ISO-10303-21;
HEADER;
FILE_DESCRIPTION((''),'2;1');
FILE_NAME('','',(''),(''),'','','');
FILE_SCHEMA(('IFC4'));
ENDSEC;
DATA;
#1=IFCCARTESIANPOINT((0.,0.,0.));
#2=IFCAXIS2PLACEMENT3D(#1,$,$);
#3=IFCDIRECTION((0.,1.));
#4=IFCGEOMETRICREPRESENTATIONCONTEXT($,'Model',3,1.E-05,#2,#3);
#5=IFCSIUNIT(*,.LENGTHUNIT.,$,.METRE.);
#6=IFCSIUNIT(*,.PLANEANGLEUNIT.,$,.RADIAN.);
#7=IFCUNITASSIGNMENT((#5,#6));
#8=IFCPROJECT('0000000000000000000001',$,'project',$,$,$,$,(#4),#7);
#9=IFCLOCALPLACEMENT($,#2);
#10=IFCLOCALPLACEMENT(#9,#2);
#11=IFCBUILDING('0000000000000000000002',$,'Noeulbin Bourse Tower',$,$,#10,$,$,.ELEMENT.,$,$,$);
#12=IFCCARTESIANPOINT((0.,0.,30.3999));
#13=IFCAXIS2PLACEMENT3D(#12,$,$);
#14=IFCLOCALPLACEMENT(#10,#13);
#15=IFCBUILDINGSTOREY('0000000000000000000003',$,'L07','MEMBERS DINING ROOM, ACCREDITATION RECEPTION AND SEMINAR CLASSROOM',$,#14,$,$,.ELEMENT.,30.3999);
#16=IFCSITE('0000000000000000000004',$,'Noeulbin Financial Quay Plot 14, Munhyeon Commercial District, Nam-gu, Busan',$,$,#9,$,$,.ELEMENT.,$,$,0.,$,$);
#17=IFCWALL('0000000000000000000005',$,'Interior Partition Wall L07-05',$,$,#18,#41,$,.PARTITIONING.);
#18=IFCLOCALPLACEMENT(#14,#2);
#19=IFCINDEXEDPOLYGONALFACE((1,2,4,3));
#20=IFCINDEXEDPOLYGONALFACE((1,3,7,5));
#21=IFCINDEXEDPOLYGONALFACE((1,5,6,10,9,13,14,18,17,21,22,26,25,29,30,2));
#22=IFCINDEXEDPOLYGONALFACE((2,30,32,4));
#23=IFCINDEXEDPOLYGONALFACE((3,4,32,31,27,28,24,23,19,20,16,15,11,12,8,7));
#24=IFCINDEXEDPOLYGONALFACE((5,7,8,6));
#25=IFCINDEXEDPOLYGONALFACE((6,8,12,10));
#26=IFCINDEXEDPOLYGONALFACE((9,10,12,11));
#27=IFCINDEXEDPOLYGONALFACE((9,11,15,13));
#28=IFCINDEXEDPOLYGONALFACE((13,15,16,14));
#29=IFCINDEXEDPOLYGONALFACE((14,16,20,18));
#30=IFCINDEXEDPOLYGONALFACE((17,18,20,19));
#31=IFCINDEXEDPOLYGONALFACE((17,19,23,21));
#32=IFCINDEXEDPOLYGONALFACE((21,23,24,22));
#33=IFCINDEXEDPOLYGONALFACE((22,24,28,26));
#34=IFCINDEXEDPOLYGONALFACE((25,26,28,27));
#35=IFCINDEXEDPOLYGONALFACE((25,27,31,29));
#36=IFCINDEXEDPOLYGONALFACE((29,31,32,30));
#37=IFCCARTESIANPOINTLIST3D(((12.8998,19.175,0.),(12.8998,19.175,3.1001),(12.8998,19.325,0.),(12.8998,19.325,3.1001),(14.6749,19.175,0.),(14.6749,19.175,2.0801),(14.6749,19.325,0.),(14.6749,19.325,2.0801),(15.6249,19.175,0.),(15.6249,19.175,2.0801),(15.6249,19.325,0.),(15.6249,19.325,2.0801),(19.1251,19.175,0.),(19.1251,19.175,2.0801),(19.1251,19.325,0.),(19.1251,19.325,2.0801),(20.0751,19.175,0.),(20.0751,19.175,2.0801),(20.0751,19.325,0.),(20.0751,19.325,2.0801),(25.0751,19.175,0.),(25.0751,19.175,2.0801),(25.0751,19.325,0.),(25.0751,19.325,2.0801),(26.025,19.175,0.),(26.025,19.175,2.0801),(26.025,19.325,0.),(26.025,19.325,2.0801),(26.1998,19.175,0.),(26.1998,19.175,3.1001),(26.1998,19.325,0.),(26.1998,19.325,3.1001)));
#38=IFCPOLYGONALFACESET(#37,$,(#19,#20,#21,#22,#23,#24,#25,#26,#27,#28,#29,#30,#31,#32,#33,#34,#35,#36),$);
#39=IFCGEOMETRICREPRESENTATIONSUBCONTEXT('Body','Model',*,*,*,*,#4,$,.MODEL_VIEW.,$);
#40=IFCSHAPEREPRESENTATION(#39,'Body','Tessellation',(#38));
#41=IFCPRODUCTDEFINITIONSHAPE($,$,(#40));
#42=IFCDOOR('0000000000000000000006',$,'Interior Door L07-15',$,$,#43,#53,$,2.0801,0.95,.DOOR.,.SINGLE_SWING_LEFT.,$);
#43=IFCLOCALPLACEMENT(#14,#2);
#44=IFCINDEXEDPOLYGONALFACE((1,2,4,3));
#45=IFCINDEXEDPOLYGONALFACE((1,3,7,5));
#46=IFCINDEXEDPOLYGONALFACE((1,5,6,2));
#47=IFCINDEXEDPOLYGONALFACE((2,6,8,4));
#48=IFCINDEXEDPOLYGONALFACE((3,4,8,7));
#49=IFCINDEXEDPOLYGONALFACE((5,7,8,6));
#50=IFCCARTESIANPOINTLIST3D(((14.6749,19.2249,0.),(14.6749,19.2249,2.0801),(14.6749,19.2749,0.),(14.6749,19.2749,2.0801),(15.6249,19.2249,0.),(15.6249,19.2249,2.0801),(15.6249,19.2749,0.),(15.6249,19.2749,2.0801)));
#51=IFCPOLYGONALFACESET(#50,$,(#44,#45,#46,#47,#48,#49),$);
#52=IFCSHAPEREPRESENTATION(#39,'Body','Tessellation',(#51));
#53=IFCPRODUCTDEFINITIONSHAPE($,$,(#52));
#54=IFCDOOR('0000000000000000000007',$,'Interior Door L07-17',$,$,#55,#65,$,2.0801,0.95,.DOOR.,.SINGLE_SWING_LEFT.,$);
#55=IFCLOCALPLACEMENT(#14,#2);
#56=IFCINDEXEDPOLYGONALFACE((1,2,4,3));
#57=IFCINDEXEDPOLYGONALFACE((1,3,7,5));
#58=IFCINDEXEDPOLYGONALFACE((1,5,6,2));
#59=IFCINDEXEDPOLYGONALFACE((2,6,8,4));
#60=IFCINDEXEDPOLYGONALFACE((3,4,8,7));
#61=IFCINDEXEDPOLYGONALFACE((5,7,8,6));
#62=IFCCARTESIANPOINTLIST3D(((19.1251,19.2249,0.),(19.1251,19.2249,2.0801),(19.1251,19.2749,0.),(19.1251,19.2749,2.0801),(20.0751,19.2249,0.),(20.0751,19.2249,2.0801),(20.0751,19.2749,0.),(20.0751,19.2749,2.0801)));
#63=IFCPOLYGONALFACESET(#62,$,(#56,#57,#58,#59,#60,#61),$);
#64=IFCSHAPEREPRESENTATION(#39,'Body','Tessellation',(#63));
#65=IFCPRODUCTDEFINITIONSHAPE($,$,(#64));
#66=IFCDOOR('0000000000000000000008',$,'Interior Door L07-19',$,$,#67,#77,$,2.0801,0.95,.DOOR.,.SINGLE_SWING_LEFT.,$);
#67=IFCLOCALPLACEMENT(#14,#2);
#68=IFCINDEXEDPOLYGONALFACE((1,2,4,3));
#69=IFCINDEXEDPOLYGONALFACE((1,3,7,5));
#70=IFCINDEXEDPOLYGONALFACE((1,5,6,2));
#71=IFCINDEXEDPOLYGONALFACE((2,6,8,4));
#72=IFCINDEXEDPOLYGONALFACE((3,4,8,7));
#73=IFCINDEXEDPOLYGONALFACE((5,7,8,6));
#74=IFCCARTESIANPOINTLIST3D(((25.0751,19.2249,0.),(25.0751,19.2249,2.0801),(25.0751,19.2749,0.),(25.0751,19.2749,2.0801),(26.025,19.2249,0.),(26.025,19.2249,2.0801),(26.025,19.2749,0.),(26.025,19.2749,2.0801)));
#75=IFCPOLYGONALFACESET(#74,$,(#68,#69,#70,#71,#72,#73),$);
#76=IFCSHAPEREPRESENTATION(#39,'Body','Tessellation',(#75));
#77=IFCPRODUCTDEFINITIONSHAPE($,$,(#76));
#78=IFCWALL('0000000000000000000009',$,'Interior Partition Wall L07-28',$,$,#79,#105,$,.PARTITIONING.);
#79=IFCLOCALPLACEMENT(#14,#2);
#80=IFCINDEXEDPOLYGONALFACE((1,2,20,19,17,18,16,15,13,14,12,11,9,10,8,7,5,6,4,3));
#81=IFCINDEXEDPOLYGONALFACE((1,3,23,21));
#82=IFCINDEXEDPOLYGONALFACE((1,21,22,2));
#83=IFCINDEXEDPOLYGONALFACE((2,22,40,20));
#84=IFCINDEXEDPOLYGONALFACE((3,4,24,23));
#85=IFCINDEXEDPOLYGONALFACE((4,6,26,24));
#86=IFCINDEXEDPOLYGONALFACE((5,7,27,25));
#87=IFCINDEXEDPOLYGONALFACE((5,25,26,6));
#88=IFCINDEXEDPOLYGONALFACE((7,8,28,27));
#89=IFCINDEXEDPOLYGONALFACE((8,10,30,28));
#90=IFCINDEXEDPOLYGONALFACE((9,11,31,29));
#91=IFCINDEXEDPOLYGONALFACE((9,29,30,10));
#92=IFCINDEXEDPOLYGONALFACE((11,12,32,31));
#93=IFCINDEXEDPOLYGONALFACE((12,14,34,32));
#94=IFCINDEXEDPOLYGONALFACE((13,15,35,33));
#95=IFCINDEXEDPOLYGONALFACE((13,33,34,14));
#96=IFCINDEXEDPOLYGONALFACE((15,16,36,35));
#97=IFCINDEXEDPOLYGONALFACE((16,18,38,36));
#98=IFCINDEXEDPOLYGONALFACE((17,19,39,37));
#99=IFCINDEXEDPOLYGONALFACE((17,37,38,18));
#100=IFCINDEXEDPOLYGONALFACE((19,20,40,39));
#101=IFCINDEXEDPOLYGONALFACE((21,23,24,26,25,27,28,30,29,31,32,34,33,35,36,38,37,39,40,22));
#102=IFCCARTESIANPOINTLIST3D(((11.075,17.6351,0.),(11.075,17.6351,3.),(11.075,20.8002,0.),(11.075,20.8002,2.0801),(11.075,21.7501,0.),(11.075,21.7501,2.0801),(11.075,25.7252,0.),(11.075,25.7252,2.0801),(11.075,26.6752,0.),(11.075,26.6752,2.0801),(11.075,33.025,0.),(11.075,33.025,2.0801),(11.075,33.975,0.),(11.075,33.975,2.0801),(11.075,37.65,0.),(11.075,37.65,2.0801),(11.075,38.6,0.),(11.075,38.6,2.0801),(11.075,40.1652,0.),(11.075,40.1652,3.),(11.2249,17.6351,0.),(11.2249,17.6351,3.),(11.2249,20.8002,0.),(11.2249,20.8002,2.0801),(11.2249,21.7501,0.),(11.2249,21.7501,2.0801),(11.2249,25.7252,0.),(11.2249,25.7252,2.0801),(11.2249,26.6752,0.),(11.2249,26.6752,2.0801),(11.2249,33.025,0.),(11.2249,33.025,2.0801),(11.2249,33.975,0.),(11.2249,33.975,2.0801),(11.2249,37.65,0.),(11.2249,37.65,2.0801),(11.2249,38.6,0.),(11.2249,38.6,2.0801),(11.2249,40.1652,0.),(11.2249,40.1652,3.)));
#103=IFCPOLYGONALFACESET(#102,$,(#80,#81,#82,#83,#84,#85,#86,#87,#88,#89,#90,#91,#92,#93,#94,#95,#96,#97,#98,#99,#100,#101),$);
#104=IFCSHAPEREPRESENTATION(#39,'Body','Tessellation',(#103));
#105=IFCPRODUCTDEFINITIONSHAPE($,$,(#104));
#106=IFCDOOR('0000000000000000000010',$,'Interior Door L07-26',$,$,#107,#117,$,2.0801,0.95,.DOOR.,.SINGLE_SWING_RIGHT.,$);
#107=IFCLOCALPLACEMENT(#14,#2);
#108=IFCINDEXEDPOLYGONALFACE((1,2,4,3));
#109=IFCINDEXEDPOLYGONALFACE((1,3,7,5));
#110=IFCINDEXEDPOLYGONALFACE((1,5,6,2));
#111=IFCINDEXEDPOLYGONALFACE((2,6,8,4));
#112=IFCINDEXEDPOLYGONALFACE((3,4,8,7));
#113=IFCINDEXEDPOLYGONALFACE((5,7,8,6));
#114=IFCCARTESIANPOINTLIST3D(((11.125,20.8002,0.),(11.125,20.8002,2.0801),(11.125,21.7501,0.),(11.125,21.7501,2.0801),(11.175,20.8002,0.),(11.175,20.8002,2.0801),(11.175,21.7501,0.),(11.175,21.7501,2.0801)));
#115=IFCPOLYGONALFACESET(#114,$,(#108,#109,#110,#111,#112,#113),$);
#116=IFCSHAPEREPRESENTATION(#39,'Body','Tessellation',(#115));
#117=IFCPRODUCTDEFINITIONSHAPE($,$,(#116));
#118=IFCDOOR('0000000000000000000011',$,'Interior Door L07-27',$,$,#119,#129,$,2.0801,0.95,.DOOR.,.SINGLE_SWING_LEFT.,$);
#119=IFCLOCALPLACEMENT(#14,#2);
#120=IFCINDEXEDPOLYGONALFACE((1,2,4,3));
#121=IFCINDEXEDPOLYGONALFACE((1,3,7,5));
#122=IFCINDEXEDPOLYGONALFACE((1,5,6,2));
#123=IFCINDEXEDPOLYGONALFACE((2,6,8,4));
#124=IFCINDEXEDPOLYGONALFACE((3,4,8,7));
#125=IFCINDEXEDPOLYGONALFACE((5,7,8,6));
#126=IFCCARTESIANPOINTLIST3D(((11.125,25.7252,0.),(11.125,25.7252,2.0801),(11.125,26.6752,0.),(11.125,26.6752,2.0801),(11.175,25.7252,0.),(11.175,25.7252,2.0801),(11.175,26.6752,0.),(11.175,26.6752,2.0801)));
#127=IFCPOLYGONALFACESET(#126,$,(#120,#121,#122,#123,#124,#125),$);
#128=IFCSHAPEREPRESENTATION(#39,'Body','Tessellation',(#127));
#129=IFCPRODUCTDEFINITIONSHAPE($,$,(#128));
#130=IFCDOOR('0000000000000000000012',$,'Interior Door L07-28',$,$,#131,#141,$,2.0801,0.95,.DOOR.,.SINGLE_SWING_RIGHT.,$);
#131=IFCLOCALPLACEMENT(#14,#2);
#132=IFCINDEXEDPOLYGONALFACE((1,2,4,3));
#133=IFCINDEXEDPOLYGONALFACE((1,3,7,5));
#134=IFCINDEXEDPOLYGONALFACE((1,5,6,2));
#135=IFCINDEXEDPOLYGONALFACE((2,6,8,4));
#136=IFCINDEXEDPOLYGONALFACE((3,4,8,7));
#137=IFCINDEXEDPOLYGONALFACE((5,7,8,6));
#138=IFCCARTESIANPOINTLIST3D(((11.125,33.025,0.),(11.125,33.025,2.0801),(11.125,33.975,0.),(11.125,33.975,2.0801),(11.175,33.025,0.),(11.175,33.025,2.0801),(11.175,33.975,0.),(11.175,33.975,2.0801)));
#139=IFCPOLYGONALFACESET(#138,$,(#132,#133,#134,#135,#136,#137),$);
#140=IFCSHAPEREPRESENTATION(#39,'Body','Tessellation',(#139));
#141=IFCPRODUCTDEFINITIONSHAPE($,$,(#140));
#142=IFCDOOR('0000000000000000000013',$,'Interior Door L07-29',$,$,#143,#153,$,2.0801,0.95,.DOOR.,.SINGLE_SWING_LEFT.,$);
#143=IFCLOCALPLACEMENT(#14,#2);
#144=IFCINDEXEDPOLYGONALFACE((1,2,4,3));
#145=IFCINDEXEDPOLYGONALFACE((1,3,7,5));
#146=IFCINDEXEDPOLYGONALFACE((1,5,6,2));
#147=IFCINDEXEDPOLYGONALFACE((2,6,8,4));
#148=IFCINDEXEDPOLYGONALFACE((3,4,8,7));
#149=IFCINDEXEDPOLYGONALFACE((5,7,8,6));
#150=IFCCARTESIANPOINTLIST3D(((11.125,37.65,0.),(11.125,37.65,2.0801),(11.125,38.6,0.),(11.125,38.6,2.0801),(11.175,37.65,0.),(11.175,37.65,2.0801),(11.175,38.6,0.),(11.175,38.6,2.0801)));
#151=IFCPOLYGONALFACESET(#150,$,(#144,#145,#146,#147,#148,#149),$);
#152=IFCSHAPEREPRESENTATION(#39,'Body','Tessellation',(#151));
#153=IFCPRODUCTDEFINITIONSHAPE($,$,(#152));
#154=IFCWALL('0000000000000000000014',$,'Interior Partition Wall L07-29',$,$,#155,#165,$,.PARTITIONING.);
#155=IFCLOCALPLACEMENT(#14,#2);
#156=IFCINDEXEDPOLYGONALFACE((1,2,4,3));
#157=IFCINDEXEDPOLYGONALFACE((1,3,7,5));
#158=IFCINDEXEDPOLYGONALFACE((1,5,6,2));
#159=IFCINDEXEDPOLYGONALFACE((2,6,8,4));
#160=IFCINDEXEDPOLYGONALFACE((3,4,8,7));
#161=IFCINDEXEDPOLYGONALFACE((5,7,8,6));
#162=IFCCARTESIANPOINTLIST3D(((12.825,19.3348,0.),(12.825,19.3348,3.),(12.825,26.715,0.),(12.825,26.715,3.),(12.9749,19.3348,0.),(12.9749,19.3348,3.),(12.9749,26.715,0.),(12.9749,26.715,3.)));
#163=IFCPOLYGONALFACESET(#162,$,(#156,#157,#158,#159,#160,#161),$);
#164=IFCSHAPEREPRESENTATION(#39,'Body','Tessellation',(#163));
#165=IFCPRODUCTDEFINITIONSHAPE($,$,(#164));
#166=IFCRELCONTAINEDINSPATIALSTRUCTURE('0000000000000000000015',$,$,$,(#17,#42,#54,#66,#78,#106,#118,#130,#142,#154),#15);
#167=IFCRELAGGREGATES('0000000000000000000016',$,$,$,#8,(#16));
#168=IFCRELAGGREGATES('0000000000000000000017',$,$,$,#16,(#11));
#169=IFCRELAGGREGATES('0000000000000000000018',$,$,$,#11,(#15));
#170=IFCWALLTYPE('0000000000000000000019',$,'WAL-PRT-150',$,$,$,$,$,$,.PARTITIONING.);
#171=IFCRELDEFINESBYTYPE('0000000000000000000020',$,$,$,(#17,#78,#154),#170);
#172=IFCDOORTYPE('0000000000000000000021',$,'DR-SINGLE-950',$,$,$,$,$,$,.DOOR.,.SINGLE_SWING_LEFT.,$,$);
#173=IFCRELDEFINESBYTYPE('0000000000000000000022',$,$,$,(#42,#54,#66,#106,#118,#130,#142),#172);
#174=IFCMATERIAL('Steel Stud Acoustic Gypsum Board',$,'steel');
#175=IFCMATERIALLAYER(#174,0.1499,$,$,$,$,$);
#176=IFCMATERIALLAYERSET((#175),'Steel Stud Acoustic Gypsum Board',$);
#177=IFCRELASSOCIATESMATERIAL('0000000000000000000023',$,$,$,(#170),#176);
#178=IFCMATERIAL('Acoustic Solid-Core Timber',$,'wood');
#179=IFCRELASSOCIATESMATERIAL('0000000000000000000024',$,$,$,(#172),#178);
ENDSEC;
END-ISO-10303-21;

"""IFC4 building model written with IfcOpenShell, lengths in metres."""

from ifc_helpers import new_model, si_unit, direction, frame, frame_2d, origin, place, context, subcontext, project, spatial, rectangle, extrude, material, layer, layer_set, type_object, element, fill, save


model = new_model("IFC4")

# Units and contexts
model_context = context("Model", 3, precision=1e-05, world=origin(), true_north=direction((0.0, 1.0)))
body_context = subcontext(model_context, "Body", "Model", "MODEL_VIEW")
ifc_project = project(units=[si_unit("LENGTHUNIT", "METRE"), si_unit("PLANEANGLEUNIT", "RADIAN")], contexts=[model_context])

# Site, building, storey
site_placement = place(None, origin())
site = spatial("IfcSite", under=ifc_project, at=site_placement, Name="Noeulbin Financial Quay Plot 14, Munhyeon Commercial District, Nam-gu, Busan", CompositionType="ELEMENT", RefElevation=0.0)
building_placement = place(site_placement, origin())
building = spatial("IfcBuilding", under=site, at=building_placement, Name="Noeulbin Bourse Tower", CompositionType="ELEMENT")
storey_placement = place(building_placement, frame((0.0, 0.0, 30.3999)))
storey = spatial("IfcBuildingStorey", under=building, at=storey_placement, Name="L07", Description="MEMBERS DINING ROOM, ACCREDITATION RECEPTION AND SEMINAR CLASSROOM", CompositionType="ELEMENT", Elevation=30.3999)

# Walls, openings, doors
ifc_material_1 = material(Name="Steel Stud Acoustic Gypsum Board", Category="steel")
ifc_layer_1 = layer(ifc_material_1, 0.1499)
ifc_layer_set_1 = layer_set([ifc_layer_1], Name="Steel Stud Acoustic Gypsum Board")
wall_type_1 = type_object("IfcWallType", Name="WAL-PRT-150", PredefinedType="PARTITIONING", material=ifc_layer_set_1)
ifc_material_2 = material(Name="Acoustic Solid-Core Timber", Category="wood")
door_type = type_object("IfcDoorType", Name="DR-SINGLE-950", OperationType="SINGLE_SWING_LEFT", PredefinedType="DOOR", material=ifc_material_2)
wall_1_placement = place(storey_placement, frame((12.8999, 19.25, 0.0), z_axis=(0.0, 0.0, 1.0), x_axis=(1.0, 0.0, 0.0)))
wall_1 = element("IfcWall", 1, at=wall_1_placement, inside=storey, type_object=wall_type_1, Name="Interior Partition Wall L07-05", PredefinedType="PARTITIONING", context=body_context, shape_type="SweptSolid", body=[
    extrude(rectangle(XDim=13.3, YDim=0.1499, at=frame_2d((6.6499, 0.0))), origin(), (0.0, 0.0, 1.0), 3.1001),
])
opening_1_placement = place(wall_1_placement, frame((1.7749, 0.0, 0.0)))
opening_1 = element("IfcOpeningElement", 2, at=opening_1_placement, cuts=wall_1, PredefinedType="OPENING", context=body_context, shape_type="SweptSolid", body=[
    extrude(rectangle(XDim=0.95, YDim=2.0801, at=frame_2d((0.4751, 1.04))), frame((0.0, 0.085, 0.0), z_axis=(0.0, -1.0, 0.0), x_axis=(1.0, 0.0, 0.0)), (0.0, 0.0, 1.0), 0.1699),
])
opening_2_placement = place(wall_1_placement, frame((6.2251, 0.0, 0.0)))
opening_2 = element("IfcOpeningElement", 3, at=opening_2_placement, cuts=wall_1, PredefinedType="OPENING", context=body_context, shape_type="SweptSolid", body=[
    extrude(rectangle(XDim=0.95, YDim=2.0801, at=frame_2d((0.4751, 1.04))), frame((0.0, 0.085, 0.0), z_axis=(0.0, -1.0, 0.0), x_axis=(1.0, 0.0, 0.0)), (0.0, 0.0, 1.0), 0.1699),
])
opening_3_placement = place(wall_1_placement, frame((12.175, 0.0, 0.0)))
opening_3 = element("IfcOpeningElement", 4, at=opening_3_placement, cuts=wall_1, PredefinedType="OPENING", context=body_context, shape_type="SweptSolid", body=[
    extrude(rectangle(XDim=0.95, YDim=2.0801, at=frame_2d((0.4751, 1.04))), frame((0.0, 0.085, 0.0), z_axis=(0.0, -1.0, 0.0), x_axis=(1.0, 0.0, 0.0)), (0.0, 0.0, 1.0), 0.1699),
])
door_1_placement = place(opening_1_placement, origin())
door_1 = element("IfcDoor", 5, at=door_1_placement, inside=storey, type_object=door_type, Name="Interior Door L07-15", OperationType="SINGLE_SWING_LEFT", OverallHeight=2.0801, OverallWidth=0.95, PredefinedType="DOOR", context=body_context, shape_type="SweptSolid", body=[
    extrude(rectangle(XDim=0.95, YDim=2.0801, at=frame_2d((0.4751, 1.04))), frame((0.0, 0.0249, 0.0), z_axis=(0.0, -1.0, 0.0), x_axis=(1.0, 0.0, 0.0)), (0.0, 0.0, 1.0), 0.05),
])
fill(opening_1, door_1)
door_2_placement = place(opening_2_placement, origin())
door_2 = element("IfcDoor", 6, at=door_2_placement, inside=storey, type_object=door_type, Name="Interior Door L07-17", OperationType="SINGLE_SWING_LEFT", OverallHeight=2.0801, OverallWidth=0.95, PredefinedType="DOOR", context=body_context, shape_type="SweptSolid", body=[
    extrude(rectangle(XDim=0.95, YDim=2.0801, at=frame_2d((0.4751, 1.04))), frame((0.0, 0.0249, 0.0), z_axis=(0.0, -1.0, 0.0), x_axis=(1.0, 0.0, 0.0)), (0.0, 0.0, 1.0), 0.05),
])
fill(opening_2, door_2)
door_3_placement = place(opening_3_placement, origin())
door_3 = element("IfcDoor", 7, at=door_3_placement, inside=storey, type_object=door_type, Name="Interior Door L07-19", OperationType="SINGLE_SWING_LEFT", OverallHeight=2.0801, OverallWidth=0.95, PredefinedType="DOOR", context=body_context, shape_type="SweptSolid", body=[
    extrude(rectangle(XDim=0.95, YDim=2.0801, at=frame_2d((0.4751, 1.04))), frame((0.0, 0.0249, 0.0), z_axis=(0.0, -1.0, 0.0), x_axis=(1.0, 0.0, 0.0)), (0.0, 0.0, 1.0), 0.05),
])
fill(opening_3, door_3)
wall_2_placement = place(storey_placement, frame((11.1499, 17.635, 0.0), z_axis=(0.0, 0.0, 1.0), x_axis=(0.0, 1.0, 0.0)))
wall_2 = element("IfcWall", 8, at=wall_2_placement, inside=storey, type_object=wall_type_1, Name="Interior Partition Wall L07-28", PredefinedType="PARTITIONING", context=body_context, shape_type="SweptSolid", body=[
    extrude(rectangle(XDim=22.53, YDim=0.1499, at=frame_2d((11.2651, 0.0))), origin(), (0.0, 0.0, 1.0), 3.0),
])
opening_4_placement = place(wall_2_placement, frame((3.165, 0.0, 0.0)))
opening_4 = element("IfcOpeningElement", 9, at=opening_4_placement, cuts=wall_2, PredefinedType="OPENING", context=body_context, shape_type="SweptSolid", body=[
    extrude(rectangle(XDim=0.95, YDim=2.0801, at=frame_2d((0.4751, 1.04))), frame((0.0, 0.085, 0.0), z_axis=(0.0, -1.0, 0.0), x_axis=(1.0, 0.0, 0.0)), (0.0, 0.0, 1.0), 0.1699),
])
opening_5_placement = place(wall_2_placement, frame((8.0901, 0.0, 0.0)))
opening_5 = element("IfcOpeningElement", 10, at=opening_5_placement, cuts=wall_2, PredefinedType="OPENING", context=body_context, shape_type="SweptSolid", body=[
    extrude(rectangle(XDim=0.95, YDim=2.0801, at=frame_2d((0.4751, 1.04))), frame((0.0, 0.085, 0.0), z_axis=(0.0, -1.0, 0.0), x_axis=(1.0, 0.0, 0.0)), (0.0, 0.0, 1.0), 0.1699),
])
opening_6_placement = place(wall_2_placement, frame((15.3899, 0.0, 0.0)))
opening_6 = element("IfcOpeningElement", 11, at=opening_6_placement, cuts=wall_2, PredefinedType="OPENING", context=body_context, shape_type="SweptSolid", body=[
    extrude(rectangle(XDim=0.95, YDim=2.0801, at=frame_2d((0.4751, 1.04))), frame((0.0, 0.085, 0.0), z_axis=(0.0, -1.0, 0.0), x_axis=(1.0, 0.0, 0.0)), (0.0, 0.0, 1.0), 0.1699),
])
opening_7_placement = place(wall_2_placement, frame((20.0149, 0.0, 0.0)))
opening_7 = element("IfcOpeningElement", 12, at=opening_7_placement, cuts=wall_2, PredefinedType="OPENING", context=body_context, shape_type="SweptSolid", body=[
    extrude(rectangle(XDim=0.95, YDim=2.0801, at=frame_2d((0.4751, 1.04))), frame((0.0, 0.085, 0.0), z_axis=(0.0, -1.0, 0.0), x_axis=(1.0, 0.0, 0.0)), (0.0, 0.0, 1.0), 0.1699),
])
door_4_placement = place(opening_4_placement, origin())
door_4 = element("IfcDoor", 13, at=door_4_placement, inside=storey, type_object=door_type, Name="Interior Door L07-26", OperationType="SINGLE_SWING_RIGHT", OverallHeight=2.0801, OverallWidth=0.95, PredefinedType="DOOR", context=body_context, shape_type="SweptSolid", body=[
    extrude(rectangle(XDim=0.95, YDim=2.0801, at=frame_2d((0.4751, 1.04))), frame((0.0, 0.0249, 0.0), z_axis=(0.0, -1.0, 0.0), x_axis=(1.0, 0.0, 0.0)), (0.0, 0.0, 1.0), 0.05),
])
fill(opening_4, door_4)
door_5_placement = place(opening_5_placement, origin())
door_5 = element("IfcDoor", 14, at=door_5_placement, inside=storey, type_object=door_type, Name="Interior Door L07-27", OperationType="SINGLE_SWING_LEFT", OverallHeight=2.0801, OverallWidth=0.95, PredefinedType="DOOR", context=body_context, shape_type="SweptSolid", body=[
    extrude(rectangle(XDim=0.95, YDim=2.0801, at=frame_2d((0.4751, 1.04))), frame((0.0, 0.0249, 0.0), z_axis=(0.0, -1.0, 0.0), x_axis=(1.0, 0.0, 0.0)), (0.0, 0.0, 1.0), 0.05),
])
fill(opening_5, door_5)
door_6_placement = place(opening_6_placement, origin())
door_6 = element("IfcDoor", 15, at=door_6_placement, inside=storey, type_object=door_type, Name="Interior Door L07-28", OperationType="SINGLE_SWING_RIGHT", OverallHeight=2.0801, OverallWidth=0.95, PredefinedType="DOOR", context=body_context, shape_type="SweptSolid", body=[
    extrude(rectangle(XDim=0.95, YDim=2.0801, at=frame_2d((0.4751, 1.04))), frame((0.0, 0.0249, 0.0), z_axis=(0.0, -1.0, 0.0), x_axis=(1.0, 0.0, 0.0)), (0.0, 0.0, 1.0), 0.05),
])
fill(opening_6, door_6)
door_7_placement = place(opening_7_placement, origin())
door_7 = element("IfcDoor", 16, at=door_7_placement, inside=storey, type_object=door_type, Name="Interior Door L07-29", OperationType="SINGLE_SWING_LEFT", OverallHeight=2.0801, OverallWidth=0.95, PredefinedType="DOOR", context=body_context, shape_type="SweptSolid", body=[
    extrude(rectangle(XDim=0.95, YDim=2.0801, at=frame_2d((0.4751, 1.04))), frame((0.0, 0.0249, 0.0), z_axis=(0.0, -1.0, 0.0), x_axis=(1.0, 0.0, 0.0)), (0.0, 0.0, 1.0), 0.05),
])
fill(opening_7, door_7)

# Wall
wall_3_placement = place(storey_placement, frame((12.8999, 19.335, 0.0), z_axis=(0.0, 0.0, 1.0), x_axis=(0.0, 1.0, 0.0)))
element("IfcWall", 17, at=wall_3_placement, inside=storey, type_object=wall_type_1, Name="Interior Partition Wall L07-29", PredefinedType="PARTITIONING", context=body_context, shape_type="SweptSolid", body=[
    extrude(rectangle(XDim=7.3801, YDim=0.1499, at=frame_2d((3.6899, 0.0))), origin(), (0.0, 0.0, 1.0), 3.0),
])

save(model, "model.ifc")
